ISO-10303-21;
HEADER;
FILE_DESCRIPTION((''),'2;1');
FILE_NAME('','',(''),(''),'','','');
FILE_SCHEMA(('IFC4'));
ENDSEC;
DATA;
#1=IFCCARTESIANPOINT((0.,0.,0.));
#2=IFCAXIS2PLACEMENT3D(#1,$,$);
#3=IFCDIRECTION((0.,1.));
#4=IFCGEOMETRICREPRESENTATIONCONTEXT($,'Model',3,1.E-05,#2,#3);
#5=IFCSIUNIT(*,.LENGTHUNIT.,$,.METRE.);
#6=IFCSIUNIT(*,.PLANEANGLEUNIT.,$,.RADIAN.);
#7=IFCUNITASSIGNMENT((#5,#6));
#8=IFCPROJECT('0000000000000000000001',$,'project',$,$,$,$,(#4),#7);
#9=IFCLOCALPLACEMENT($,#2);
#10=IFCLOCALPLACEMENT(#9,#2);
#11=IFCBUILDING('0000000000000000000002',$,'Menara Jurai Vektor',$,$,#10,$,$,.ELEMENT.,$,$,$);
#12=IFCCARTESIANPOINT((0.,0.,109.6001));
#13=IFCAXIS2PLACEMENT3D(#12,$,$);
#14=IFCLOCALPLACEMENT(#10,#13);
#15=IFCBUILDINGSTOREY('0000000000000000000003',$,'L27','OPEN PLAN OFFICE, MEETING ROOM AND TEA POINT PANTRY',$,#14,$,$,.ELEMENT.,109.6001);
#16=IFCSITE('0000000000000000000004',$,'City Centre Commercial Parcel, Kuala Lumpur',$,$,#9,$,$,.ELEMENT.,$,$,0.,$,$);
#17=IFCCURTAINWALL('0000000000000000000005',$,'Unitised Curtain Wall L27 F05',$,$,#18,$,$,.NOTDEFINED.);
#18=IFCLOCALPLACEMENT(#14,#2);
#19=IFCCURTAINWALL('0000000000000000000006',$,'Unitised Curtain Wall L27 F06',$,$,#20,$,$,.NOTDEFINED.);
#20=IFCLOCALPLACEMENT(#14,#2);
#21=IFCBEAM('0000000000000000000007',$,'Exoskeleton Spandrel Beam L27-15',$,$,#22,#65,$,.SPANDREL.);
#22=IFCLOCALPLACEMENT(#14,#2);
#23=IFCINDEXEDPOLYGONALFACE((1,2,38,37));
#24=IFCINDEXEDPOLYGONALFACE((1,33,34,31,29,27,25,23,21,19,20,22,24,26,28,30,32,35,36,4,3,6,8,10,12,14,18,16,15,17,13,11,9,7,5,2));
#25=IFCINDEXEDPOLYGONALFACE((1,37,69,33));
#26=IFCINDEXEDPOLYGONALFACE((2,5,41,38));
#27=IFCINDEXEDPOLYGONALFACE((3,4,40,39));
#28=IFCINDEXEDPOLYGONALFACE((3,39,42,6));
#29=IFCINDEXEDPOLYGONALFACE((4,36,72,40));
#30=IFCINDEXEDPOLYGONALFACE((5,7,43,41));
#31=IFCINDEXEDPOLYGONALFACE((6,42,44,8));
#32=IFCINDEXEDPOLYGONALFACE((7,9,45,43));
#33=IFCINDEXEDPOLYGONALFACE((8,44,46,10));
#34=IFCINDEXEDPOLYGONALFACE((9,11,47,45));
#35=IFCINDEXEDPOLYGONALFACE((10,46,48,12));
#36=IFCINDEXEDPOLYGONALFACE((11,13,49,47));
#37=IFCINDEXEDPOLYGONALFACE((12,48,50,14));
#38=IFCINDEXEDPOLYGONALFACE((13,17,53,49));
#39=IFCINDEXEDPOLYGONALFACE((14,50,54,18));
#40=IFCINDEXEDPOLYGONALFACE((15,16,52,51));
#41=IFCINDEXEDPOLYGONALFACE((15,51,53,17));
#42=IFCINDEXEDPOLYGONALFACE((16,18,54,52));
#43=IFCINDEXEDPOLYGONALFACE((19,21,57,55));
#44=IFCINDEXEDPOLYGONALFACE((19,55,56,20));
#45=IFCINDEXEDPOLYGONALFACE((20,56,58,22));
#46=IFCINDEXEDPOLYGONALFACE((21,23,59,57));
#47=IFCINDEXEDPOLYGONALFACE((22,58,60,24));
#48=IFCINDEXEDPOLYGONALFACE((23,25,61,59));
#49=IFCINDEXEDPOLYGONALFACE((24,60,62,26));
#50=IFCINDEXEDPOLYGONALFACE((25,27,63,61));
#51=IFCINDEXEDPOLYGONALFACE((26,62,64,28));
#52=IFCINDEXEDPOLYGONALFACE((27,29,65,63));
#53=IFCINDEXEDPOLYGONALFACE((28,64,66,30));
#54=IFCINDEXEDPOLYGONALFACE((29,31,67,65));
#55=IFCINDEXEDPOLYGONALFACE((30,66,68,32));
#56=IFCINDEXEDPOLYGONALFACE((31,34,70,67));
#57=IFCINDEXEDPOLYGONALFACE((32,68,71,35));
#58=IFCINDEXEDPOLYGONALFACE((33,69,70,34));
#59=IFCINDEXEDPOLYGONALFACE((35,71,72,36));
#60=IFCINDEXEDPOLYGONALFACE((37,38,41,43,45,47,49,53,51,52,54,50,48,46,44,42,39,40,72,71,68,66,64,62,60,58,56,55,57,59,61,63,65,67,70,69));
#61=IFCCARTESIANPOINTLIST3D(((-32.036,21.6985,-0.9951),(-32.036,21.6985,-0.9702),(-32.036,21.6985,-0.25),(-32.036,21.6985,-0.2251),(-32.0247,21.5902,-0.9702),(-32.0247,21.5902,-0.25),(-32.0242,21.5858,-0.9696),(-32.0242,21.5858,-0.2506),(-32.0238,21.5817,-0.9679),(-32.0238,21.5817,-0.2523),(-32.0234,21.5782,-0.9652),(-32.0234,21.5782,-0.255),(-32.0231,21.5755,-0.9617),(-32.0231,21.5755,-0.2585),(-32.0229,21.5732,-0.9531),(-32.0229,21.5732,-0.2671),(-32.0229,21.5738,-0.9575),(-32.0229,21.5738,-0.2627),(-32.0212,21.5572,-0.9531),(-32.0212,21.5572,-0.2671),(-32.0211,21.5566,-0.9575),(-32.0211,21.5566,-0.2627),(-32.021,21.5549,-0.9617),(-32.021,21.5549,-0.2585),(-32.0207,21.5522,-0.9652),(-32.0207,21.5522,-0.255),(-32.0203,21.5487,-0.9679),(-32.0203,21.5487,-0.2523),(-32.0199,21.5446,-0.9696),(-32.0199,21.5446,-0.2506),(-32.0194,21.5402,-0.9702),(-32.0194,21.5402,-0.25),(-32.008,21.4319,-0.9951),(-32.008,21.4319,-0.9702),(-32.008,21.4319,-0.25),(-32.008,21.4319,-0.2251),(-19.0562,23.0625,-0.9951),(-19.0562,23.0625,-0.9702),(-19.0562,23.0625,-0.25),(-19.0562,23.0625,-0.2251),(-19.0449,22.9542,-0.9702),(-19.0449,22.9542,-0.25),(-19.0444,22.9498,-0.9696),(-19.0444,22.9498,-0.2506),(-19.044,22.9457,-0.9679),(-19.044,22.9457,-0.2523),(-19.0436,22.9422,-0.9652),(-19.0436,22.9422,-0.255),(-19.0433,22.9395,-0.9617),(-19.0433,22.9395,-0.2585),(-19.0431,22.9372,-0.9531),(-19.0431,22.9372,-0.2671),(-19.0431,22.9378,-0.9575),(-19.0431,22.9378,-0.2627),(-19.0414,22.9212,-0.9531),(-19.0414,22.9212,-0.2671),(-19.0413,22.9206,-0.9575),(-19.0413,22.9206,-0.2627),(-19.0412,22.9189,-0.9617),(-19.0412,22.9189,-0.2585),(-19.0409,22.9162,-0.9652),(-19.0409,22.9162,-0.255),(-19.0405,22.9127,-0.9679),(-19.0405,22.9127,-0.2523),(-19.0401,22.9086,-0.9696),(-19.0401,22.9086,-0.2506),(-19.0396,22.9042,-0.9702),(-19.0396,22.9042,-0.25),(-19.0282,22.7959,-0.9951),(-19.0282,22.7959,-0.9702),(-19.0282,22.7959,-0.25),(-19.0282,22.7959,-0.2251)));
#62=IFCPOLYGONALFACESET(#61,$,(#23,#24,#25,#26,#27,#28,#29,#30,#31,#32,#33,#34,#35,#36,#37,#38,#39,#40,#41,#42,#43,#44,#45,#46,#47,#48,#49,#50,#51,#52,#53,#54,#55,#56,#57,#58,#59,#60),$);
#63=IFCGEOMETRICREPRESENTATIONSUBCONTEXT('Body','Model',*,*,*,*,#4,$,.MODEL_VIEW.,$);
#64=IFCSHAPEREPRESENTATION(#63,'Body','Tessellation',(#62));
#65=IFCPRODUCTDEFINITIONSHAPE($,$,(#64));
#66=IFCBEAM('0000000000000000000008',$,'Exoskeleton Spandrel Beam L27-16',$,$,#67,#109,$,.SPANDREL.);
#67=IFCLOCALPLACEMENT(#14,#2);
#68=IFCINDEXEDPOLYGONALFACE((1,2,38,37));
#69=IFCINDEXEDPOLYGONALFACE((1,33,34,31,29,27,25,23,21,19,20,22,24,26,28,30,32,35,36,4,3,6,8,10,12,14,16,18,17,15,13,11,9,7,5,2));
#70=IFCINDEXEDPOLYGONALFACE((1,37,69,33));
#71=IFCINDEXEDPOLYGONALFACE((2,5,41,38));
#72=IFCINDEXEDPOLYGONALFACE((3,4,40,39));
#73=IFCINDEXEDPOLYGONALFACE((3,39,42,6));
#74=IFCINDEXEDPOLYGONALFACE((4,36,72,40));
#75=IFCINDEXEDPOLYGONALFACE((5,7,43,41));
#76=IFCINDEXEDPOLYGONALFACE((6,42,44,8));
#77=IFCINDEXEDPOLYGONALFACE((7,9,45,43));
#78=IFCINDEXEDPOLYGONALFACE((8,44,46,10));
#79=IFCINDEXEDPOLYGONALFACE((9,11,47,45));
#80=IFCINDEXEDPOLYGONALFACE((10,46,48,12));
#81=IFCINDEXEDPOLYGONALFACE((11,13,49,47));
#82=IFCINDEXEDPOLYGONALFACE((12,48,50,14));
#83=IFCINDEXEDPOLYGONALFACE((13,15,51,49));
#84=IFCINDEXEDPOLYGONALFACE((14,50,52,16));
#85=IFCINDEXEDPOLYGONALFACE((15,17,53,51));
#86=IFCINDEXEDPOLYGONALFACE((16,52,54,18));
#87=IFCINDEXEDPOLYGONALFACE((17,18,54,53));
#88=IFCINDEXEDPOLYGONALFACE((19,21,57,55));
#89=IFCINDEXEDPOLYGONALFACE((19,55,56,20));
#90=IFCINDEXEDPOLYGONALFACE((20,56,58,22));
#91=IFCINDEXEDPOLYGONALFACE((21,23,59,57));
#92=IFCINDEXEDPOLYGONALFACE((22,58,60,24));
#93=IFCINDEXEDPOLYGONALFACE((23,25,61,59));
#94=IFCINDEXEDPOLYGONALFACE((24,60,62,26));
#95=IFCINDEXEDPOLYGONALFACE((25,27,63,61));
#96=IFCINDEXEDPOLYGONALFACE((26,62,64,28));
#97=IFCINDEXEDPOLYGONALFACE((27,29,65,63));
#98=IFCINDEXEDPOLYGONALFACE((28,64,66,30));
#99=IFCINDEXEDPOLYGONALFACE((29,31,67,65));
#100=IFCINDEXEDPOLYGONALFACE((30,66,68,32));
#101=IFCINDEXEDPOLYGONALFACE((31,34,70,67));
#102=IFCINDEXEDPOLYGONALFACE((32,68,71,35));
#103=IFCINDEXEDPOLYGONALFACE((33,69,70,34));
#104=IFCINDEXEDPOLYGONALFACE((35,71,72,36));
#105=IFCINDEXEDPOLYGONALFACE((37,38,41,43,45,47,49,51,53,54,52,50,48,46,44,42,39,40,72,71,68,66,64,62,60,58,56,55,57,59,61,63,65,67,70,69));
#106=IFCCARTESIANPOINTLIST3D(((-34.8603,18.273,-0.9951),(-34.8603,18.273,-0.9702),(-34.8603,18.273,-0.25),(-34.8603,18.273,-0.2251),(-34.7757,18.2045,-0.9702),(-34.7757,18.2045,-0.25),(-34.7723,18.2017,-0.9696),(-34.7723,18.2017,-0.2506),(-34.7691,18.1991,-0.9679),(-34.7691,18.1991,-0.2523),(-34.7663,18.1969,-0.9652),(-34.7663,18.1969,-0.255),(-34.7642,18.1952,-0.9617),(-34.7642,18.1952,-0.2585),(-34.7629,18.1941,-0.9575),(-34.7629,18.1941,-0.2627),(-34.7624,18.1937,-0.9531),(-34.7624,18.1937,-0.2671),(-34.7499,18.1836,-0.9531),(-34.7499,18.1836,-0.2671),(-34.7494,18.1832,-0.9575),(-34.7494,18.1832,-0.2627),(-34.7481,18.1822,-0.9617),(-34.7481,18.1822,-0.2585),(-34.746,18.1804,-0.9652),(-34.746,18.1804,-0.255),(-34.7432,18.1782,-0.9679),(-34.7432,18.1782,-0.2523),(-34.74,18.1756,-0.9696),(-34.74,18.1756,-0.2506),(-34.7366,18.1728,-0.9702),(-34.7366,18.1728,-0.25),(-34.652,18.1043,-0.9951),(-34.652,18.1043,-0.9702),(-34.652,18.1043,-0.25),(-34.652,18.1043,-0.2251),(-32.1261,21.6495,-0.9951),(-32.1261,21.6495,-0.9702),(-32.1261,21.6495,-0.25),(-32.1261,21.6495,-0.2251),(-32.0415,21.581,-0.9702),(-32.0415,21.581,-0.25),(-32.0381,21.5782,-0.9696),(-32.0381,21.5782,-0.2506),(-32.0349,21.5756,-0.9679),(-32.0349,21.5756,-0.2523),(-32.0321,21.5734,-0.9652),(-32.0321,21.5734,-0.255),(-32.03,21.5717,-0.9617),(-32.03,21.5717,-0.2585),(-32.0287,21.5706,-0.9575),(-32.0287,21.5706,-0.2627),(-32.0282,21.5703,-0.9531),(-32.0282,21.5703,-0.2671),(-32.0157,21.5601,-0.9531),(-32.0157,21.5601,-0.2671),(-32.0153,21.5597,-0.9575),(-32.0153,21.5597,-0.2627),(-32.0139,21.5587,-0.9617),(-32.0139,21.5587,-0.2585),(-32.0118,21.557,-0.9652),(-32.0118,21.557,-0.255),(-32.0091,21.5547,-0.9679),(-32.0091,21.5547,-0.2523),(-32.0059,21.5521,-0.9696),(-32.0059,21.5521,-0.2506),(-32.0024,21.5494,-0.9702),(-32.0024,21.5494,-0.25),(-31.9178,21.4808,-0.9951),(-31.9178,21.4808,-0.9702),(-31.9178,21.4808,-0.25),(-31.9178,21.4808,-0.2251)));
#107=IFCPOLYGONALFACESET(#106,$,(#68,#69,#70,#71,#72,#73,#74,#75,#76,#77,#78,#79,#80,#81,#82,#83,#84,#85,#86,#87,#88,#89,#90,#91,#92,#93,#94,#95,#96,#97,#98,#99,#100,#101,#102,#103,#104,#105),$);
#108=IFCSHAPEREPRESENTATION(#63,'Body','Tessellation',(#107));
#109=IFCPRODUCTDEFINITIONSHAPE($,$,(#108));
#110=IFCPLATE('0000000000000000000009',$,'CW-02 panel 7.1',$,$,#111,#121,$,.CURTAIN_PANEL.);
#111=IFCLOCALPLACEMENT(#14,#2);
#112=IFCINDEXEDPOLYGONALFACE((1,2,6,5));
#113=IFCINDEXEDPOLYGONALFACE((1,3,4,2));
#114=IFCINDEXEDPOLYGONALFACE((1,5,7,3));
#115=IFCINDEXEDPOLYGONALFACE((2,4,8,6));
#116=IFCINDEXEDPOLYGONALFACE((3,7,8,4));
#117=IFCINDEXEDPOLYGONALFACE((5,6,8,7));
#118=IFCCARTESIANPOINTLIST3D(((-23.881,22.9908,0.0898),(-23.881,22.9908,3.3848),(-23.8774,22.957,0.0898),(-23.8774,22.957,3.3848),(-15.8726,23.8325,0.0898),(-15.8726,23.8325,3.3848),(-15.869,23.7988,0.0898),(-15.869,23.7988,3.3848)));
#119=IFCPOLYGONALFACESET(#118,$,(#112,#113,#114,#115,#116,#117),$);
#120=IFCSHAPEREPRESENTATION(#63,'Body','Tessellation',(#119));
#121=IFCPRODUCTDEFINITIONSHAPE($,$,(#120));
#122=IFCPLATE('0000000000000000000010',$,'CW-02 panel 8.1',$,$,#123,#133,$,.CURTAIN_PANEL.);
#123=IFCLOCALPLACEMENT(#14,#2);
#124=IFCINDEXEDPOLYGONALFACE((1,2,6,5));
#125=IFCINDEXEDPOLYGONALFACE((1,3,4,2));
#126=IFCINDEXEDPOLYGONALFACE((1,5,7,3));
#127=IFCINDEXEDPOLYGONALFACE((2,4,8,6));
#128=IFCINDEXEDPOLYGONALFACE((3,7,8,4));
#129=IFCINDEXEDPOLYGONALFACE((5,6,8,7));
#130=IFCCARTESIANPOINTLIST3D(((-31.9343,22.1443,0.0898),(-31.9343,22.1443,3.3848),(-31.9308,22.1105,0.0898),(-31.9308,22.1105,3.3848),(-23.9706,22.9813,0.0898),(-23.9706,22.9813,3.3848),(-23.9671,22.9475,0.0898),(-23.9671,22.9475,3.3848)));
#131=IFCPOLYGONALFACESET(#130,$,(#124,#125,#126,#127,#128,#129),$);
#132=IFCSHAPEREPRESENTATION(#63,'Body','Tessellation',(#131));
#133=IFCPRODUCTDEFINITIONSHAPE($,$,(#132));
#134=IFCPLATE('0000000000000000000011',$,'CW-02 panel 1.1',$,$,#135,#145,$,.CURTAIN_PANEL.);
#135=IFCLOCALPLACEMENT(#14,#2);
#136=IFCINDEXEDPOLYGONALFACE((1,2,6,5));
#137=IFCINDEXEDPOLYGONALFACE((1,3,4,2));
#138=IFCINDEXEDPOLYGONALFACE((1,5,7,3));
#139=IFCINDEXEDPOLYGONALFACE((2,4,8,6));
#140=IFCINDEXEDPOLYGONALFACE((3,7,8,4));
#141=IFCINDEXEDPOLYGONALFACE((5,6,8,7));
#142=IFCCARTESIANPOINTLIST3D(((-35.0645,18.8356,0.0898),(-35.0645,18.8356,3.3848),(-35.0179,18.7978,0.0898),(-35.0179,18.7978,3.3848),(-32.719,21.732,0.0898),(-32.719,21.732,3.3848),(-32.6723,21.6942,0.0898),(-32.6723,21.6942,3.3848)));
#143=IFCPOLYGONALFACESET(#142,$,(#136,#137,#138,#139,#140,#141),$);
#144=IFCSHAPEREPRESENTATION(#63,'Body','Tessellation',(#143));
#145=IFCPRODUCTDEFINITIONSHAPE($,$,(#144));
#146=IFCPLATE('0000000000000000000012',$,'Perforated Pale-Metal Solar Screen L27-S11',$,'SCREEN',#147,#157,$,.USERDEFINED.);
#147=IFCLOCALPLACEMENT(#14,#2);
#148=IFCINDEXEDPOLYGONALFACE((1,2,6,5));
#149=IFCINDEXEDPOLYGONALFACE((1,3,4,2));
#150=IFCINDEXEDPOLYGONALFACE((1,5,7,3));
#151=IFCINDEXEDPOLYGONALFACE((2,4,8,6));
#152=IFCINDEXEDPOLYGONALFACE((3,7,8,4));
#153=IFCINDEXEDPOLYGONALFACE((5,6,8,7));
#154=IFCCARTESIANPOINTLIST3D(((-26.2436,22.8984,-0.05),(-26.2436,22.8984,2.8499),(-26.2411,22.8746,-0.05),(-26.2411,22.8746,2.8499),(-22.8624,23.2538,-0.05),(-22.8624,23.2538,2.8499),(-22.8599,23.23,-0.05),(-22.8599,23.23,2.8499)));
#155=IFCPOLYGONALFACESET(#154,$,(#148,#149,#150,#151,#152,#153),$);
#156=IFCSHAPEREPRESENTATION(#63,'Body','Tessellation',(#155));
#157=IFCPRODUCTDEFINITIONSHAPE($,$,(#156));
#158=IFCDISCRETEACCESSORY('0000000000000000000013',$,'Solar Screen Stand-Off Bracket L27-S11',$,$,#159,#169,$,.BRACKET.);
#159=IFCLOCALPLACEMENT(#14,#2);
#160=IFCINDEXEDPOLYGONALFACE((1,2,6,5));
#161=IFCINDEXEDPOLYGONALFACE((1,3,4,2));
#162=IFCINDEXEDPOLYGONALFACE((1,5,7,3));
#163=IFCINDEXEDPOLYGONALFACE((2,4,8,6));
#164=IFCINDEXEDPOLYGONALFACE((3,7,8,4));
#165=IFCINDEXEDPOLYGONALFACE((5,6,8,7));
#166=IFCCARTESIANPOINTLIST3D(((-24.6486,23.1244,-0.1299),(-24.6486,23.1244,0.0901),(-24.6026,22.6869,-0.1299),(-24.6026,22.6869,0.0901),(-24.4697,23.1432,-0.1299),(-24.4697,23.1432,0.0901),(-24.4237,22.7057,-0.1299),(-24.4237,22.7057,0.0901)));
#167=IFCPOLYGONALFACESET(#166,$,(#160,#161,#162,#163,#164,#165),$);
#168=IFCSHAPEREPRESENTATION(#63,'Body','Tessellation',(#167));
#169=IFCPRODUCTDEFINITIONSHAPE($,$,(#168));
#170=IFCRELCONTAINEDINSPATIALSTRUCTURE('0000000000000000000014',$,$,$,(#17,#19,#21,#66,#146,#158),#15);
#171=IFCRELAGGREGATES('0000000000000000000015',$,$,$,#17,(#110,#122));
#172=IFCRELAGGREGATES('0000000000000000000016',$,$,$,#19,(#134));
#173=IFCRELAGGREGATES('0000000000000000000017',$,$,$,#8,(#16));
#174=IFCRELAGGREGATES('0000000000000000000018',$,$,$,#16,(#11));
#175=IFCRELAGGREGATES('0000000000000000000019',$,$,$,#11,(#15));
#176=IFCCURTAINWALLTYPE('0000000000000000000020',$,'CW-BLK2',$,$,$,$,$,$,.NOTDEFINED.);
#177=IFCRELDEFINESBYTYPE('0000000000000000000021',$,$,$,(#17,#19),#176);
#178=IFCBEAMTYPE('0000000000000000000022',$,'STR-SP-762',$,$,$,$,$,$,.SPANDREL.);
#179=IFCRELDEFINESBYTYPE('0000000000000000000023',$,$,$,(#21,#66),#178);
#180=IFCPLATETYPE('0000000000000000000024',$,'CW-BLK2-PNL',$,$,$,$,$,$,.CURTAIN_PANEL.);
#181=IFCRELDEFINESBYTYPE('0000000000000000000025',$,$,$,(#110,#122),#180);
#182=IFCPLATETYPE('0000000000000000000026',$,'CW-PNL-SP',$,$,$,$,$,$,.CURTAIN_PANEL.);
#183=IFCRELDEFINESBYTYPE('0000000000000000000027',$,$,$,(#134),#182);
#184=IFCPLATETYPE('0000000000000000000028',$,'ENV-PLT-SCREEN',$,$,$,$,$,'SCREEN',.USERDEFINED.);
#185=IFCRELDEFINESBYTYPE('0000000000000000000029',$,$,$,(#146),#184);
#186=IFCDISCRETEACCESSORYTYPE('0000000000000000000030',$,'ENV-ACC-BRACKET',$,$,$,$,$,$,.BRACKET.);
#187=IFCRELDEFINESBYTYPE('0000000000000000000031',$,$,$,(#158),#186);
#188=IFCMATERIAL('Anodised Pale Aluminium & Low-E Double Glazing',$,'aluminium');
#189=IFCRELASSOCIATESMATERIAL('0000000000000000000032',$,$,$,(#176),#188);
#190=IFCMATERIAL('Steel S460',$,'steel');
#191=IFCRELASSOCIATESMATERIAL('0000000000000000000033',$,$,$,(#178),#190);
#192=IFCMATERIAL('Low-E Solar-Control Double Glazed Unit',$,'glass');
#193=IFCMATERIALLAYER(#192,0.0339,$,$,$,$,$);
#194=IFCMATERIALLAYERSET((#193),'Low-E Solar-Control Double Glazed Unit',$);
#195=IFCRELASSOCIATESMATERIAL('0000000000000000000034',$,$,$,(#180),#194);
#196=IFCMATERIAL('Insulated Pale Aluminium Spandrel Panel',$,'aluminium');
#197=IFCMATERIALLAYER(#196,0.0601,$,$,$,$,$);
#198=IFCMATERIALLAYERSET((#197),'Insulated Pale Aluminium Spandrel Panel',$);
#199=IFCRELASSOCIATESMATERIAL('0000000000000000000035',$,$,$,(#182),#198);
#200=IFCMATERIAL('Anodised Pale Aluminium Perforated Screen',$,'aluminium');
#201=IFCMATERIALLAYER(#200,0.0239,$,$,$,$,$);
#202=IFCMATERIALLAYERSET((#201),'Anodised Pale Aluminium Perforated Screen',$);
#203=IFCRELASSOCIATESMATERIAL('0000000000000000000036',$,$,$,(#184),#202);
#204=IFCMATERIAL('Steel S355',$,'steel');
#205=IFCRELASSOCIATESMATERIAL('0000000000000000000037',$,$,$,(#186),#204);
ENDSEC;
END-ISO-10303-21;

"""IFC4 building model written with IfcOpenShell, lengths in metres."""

from ifc_helpers import new_model, si_unit, direction, frame, origin, origin_2d, place, context, subcontext, project, spatial, rectangle, i_section, extrude, material, layer, layer_set, material_profile, profile_set, type_object, element, aggregate, save


model = new_model("IFC4")

# Units and contexts
model_context = context("Model", 3, precision=1e-05, world=origin(), true_north=direction((0.0, 1.0)))
body_context = subcontext(model_context, "Body", "Model", "MODEL_VIEW")
ifc_project = project(units=[si_unit("LENGTHUNIT", "METRE"), si_unit("PLANEANGLEUNIT", "RADIAN")], contexts=[model_context])

# Site, building, storey
site_placement = place(None, origin())
site = spatial("IfcSite", under=ifc_project, at=site_placement, Name="City Centre Commercial Parcel, Kuala Lumpur", CompositionType="ELEMENT", RefElevation=0.0)
building_placement = place(site_placement, origin())
building = spatial("IfcBuilding", under=site, at=building_placement, Name="Menara Jurai Vektor", CompositionType="ELEMENT")
storey_placement = place(building_placement, frame((0.0, 0.0, 109.6001)))
storey = spatial("IfcBuildingStorey", under=building, at=storey_placement, Name="L27", Description="OPEN PLAN OFFICE, MEETING ROOM AND TEA POINT PANTRY", CompositionType="ELEMENT", Elevation=109.6001)

# Shared definitions
ifc_material_1 = material(Name="Steel S460", Category="steel")

# Curtain walls
ifc_material_2 = material(Name="Anodised Pale Aluminium & Low-E Double Glazing", Category="aluminium")
curtain_wall_type = type_object("IfcCurtainWallType", Name="CW-BLK2", PredefinedType="NOTDEFINED", material=ifc_material_2)
curtain_wall_1_placement = place(storey_placement, origin())
curtain_wall_1 = element("IfcCurtainWall", 1, at=curtain_wall_1_placement, inside=storey, type_object=curtain_wall_type, Name="Unitised Curtain Wall L27 F05", PredefinedType="NOTDEFINED")
curtain_wall_2_placement = place(storey_placement, origin())
curtain_wall_2 = element("IfcCurtainWall", 2, at=curtain_wall_2_placement, inside=storey, type_object=curtain_wall_type, Name="Unitised Curtain Wall L27 F06", PredefinedType="NOTDEFINED")

# Shared definitions
ifc_material_3 = material(Name="Steel S355", Category="steel")

# Beams
ifc_material_profile_1 = material_profile(ifc_material_1, i_section(OverallWidth=0.2681, OverallDepth=0.77, WebThickness=0.0161, FlangeThickness=0.0249, FilletRadius=0.0171, at=origin_2d()), Name="UKB 762x267x197")
ifc_profile_set_1 = profile_set([ifc_material_profile_1], Name="Steel S460")
beam_type_1 = type_object("IfcBeamType", Name="STR-SP-762", PredefinedType="SPANDREL", material=ifc_profile_set_1)
beam_1_placement = place(storey_placement, frame((-19.0422, 22.9292, -0.6101), z_axis=(-0.994524, -0.104512, 0.0), x_axis=(0.104512, -0.994524, 0.0)))
element("IfcBeam", 3, at=beam_1_placement, inside=storey, type_object=beam_type_1, Name="Exoskeleton Spandrel Beam L27-15", PredefinedType="SPANDREL", context=body_context, shape_type="SweptSolid", body=[
    extrude(i_section(OverallWidth=0.2681, OverallDepth=0.77, WebThickness=0.0161, FlangeThickness=0.0249, FilletRadius=0.0171, at=origin_2d()), origin(), (0.0, 0.0, 1.0), 13.0513),
])
beam_2_placement = place(storey_placement, frame((-32.022, 21.5652, -0.6101), z_axis=(-0.62931, -0.777155, 0.0), x_axis=(0.777155, -0.62931, 0.0)))
element("IfcBeam", 4, at=beam_2_placement, inside=storey, type_object=beam_type_1, Name="Exoskeleton Spandrel Beam L27-16", PredefinedType="SPANDREL", context=body_context, shape_type="SweptSolid", body=[
    extrude(i_section(OverallWidth=0.2681, OverallDepth=0.77, WebThickness=0.0161, FlangeThickness=0.0249, FilletRadius=0.0171, at=origin_2d()), origin(), (0.0, 0.0, 1.0), 4.3447),
])

# Plates
ifc_material_4 = material(Name="Low-E Solar-Control Double Glazed Unit", Category="glass")
ifc_layer_1 = layer(ifc_material_4, 0.0339)
ifc_layer_set_1 = layer_set([ifc_layer_1], Name="Low-E Solar-Control Double Glazed Unit")
plate_type_1 = type_object("IfcPlateType", Name="CW-BLK2-PNL", PredefinedType="CURTAIN_PANEL", material=ifc_layer_set_1)
plate_1_placement = place(storey_placement, frame((-19.875, 23.3948, 0.0898), z_axis=(0.0, 0.0, 1.0), x_axis=(-0.994522, -0.104529, 0.0)))
plate_1 = element("IfcPlate", 5, at=plate_1_placement, type_object=plate_type_1, Name="CW-02 panel 7.1", PredefinedType="CURTAIN_PANEL", context=body_context, shape_type="SweptSolid", body=[
    extrude(rectangle(XDim=8.0525, YDim=0.0339, at=origin_2d()), origin(), (0.0, 0.0, 1.0), 3.2949),
])
plate_2_placement = place(storey_placement, frame((-27.9507, 22.5459, 0.0898), z_axis=(0.0, 0.0, 1.0), x_axis=(-0.994522, -0.104529, 0.0)))
plate_2 = element("IfcPlate", 6, at=plate_2_placement, type_object=plate_type_1, Name="CW-02 panel 8.1", PredefinedType="CURTAIN_PANEL", context=body_context, shape_type="SweptSolid", body=[
    extrude(rectangle(XDim=8.0076, YDim=0.0339, at=origin_2d()), origin(), (0.0, 0.0, 1.0), 3.2949),
])
aggregate(curtain_wall_1, [plate_1, plate_2])
ifc_material_5 = material(Name="Insulated Pale Aluminium Spandrel Panel", Category="aluminium")
ifc_layer_2 = layer(ifc_material_5, 0.0601)
ifc_layer_set_2 = layer_set([ifc_layer_2], Name="Insulated Pale Aluminium Spandrel Panel")
plate_type_2 = type_object("IfcPlateType", Name="CW-PNL-SP", PredefinedType="CURTAIN_PANEL", material=ifc_layer_set_2)
plate_3_placement = place(storey_placement, frame((-33.8684, 20.2649, 0.0898), z_axis=(0.0, 0.0, 1.0), x_axis=(-0.629341, -0.777129, 0.0)))
plate_3 = element("IfcPlate", 7, at=plate_3_placement, type_object=plate_type_2, Name="CW-02 panel 1.1", PredefinedType="CURTAIN_PANEL", context=body_context, shape_type="SweptSolid", body=[
    extrude(rectangle(XDim=3.7271, YDim=0.0601, at=origin_2d()), origin(), (0.0, 0.0, 1.0), 3.2949),
])
aggregate(curtain_wall_2, [plate_3])
ifc_material_6 = material(Name="Anodised Pale Aluminium Perforated Screen", Category="aluminium")
ifc_layer_3 = layer(ifc_material_6, 0.0239)
ifc_layer_set_3 = layer_set([ifc_layer_3], Name="Anodised Pale Aluminium Perforated Screen")
plate_type_3 = type_object("IfcPlateType", Name="ENV-PLT-SCREEN", ElementType="SCREEN", PredefinedType="USERDEFINED", material=ifc_layer_set_3)
plate_4_placement = place(storey_placement, frame((-24.5518, 23.0642, -0.05), z_axis=(0.0, 0.0, 1.0), x_axis=(-0.994522, -0.104528, 0.0)))
element("IfcPlate", 8, at=plate_4_placement, inside=storey, type_object=plate_type_3, Name="Perforated Pale-Metal Solar Screen L27-S11", ObjectType="SCREEN", PredefinedType="USERDEFINED", context=body_context, shape_type="SweptSolid", body=[
    extrude(rectangle(XDim=3.3999, YDim=0.0239, at=origin_2d()), origin(), (0.0, 0.0, 1.0), 2.8999),
])

# Discrete accessory
discrete_accessory_type = type_object("IfcDiscreteAccessoryType", Name="ENV-ACC-BRACKET", PredefinedType="BRACKET", material=ifc_material_3)
discrete_accessory_placement = place(storey_placement, frame((-24.5361, 22.915, -0.1299), z_axis=(0.0, 0.0, 1.0), x_axis=(-0.994522, -0.104528, 0.0)))
element("IfcDiscreteAccessory", 9, at=discrete_accessory_placement, inside=storey, type_object=discrete_accessory_type, Name="Solar Screen Stand-Off Bracket L27-S11", PredefinedType="BRACKET", context=body_context, shape_type="SweptSolid", body=[
    extrude(rectangle(XDim=0.1799, YDim=0.4399, at=origin_2d()), origin(), (0.0, 0.0, 1.0), 0.22),
])

save(model, "model.ifc")
